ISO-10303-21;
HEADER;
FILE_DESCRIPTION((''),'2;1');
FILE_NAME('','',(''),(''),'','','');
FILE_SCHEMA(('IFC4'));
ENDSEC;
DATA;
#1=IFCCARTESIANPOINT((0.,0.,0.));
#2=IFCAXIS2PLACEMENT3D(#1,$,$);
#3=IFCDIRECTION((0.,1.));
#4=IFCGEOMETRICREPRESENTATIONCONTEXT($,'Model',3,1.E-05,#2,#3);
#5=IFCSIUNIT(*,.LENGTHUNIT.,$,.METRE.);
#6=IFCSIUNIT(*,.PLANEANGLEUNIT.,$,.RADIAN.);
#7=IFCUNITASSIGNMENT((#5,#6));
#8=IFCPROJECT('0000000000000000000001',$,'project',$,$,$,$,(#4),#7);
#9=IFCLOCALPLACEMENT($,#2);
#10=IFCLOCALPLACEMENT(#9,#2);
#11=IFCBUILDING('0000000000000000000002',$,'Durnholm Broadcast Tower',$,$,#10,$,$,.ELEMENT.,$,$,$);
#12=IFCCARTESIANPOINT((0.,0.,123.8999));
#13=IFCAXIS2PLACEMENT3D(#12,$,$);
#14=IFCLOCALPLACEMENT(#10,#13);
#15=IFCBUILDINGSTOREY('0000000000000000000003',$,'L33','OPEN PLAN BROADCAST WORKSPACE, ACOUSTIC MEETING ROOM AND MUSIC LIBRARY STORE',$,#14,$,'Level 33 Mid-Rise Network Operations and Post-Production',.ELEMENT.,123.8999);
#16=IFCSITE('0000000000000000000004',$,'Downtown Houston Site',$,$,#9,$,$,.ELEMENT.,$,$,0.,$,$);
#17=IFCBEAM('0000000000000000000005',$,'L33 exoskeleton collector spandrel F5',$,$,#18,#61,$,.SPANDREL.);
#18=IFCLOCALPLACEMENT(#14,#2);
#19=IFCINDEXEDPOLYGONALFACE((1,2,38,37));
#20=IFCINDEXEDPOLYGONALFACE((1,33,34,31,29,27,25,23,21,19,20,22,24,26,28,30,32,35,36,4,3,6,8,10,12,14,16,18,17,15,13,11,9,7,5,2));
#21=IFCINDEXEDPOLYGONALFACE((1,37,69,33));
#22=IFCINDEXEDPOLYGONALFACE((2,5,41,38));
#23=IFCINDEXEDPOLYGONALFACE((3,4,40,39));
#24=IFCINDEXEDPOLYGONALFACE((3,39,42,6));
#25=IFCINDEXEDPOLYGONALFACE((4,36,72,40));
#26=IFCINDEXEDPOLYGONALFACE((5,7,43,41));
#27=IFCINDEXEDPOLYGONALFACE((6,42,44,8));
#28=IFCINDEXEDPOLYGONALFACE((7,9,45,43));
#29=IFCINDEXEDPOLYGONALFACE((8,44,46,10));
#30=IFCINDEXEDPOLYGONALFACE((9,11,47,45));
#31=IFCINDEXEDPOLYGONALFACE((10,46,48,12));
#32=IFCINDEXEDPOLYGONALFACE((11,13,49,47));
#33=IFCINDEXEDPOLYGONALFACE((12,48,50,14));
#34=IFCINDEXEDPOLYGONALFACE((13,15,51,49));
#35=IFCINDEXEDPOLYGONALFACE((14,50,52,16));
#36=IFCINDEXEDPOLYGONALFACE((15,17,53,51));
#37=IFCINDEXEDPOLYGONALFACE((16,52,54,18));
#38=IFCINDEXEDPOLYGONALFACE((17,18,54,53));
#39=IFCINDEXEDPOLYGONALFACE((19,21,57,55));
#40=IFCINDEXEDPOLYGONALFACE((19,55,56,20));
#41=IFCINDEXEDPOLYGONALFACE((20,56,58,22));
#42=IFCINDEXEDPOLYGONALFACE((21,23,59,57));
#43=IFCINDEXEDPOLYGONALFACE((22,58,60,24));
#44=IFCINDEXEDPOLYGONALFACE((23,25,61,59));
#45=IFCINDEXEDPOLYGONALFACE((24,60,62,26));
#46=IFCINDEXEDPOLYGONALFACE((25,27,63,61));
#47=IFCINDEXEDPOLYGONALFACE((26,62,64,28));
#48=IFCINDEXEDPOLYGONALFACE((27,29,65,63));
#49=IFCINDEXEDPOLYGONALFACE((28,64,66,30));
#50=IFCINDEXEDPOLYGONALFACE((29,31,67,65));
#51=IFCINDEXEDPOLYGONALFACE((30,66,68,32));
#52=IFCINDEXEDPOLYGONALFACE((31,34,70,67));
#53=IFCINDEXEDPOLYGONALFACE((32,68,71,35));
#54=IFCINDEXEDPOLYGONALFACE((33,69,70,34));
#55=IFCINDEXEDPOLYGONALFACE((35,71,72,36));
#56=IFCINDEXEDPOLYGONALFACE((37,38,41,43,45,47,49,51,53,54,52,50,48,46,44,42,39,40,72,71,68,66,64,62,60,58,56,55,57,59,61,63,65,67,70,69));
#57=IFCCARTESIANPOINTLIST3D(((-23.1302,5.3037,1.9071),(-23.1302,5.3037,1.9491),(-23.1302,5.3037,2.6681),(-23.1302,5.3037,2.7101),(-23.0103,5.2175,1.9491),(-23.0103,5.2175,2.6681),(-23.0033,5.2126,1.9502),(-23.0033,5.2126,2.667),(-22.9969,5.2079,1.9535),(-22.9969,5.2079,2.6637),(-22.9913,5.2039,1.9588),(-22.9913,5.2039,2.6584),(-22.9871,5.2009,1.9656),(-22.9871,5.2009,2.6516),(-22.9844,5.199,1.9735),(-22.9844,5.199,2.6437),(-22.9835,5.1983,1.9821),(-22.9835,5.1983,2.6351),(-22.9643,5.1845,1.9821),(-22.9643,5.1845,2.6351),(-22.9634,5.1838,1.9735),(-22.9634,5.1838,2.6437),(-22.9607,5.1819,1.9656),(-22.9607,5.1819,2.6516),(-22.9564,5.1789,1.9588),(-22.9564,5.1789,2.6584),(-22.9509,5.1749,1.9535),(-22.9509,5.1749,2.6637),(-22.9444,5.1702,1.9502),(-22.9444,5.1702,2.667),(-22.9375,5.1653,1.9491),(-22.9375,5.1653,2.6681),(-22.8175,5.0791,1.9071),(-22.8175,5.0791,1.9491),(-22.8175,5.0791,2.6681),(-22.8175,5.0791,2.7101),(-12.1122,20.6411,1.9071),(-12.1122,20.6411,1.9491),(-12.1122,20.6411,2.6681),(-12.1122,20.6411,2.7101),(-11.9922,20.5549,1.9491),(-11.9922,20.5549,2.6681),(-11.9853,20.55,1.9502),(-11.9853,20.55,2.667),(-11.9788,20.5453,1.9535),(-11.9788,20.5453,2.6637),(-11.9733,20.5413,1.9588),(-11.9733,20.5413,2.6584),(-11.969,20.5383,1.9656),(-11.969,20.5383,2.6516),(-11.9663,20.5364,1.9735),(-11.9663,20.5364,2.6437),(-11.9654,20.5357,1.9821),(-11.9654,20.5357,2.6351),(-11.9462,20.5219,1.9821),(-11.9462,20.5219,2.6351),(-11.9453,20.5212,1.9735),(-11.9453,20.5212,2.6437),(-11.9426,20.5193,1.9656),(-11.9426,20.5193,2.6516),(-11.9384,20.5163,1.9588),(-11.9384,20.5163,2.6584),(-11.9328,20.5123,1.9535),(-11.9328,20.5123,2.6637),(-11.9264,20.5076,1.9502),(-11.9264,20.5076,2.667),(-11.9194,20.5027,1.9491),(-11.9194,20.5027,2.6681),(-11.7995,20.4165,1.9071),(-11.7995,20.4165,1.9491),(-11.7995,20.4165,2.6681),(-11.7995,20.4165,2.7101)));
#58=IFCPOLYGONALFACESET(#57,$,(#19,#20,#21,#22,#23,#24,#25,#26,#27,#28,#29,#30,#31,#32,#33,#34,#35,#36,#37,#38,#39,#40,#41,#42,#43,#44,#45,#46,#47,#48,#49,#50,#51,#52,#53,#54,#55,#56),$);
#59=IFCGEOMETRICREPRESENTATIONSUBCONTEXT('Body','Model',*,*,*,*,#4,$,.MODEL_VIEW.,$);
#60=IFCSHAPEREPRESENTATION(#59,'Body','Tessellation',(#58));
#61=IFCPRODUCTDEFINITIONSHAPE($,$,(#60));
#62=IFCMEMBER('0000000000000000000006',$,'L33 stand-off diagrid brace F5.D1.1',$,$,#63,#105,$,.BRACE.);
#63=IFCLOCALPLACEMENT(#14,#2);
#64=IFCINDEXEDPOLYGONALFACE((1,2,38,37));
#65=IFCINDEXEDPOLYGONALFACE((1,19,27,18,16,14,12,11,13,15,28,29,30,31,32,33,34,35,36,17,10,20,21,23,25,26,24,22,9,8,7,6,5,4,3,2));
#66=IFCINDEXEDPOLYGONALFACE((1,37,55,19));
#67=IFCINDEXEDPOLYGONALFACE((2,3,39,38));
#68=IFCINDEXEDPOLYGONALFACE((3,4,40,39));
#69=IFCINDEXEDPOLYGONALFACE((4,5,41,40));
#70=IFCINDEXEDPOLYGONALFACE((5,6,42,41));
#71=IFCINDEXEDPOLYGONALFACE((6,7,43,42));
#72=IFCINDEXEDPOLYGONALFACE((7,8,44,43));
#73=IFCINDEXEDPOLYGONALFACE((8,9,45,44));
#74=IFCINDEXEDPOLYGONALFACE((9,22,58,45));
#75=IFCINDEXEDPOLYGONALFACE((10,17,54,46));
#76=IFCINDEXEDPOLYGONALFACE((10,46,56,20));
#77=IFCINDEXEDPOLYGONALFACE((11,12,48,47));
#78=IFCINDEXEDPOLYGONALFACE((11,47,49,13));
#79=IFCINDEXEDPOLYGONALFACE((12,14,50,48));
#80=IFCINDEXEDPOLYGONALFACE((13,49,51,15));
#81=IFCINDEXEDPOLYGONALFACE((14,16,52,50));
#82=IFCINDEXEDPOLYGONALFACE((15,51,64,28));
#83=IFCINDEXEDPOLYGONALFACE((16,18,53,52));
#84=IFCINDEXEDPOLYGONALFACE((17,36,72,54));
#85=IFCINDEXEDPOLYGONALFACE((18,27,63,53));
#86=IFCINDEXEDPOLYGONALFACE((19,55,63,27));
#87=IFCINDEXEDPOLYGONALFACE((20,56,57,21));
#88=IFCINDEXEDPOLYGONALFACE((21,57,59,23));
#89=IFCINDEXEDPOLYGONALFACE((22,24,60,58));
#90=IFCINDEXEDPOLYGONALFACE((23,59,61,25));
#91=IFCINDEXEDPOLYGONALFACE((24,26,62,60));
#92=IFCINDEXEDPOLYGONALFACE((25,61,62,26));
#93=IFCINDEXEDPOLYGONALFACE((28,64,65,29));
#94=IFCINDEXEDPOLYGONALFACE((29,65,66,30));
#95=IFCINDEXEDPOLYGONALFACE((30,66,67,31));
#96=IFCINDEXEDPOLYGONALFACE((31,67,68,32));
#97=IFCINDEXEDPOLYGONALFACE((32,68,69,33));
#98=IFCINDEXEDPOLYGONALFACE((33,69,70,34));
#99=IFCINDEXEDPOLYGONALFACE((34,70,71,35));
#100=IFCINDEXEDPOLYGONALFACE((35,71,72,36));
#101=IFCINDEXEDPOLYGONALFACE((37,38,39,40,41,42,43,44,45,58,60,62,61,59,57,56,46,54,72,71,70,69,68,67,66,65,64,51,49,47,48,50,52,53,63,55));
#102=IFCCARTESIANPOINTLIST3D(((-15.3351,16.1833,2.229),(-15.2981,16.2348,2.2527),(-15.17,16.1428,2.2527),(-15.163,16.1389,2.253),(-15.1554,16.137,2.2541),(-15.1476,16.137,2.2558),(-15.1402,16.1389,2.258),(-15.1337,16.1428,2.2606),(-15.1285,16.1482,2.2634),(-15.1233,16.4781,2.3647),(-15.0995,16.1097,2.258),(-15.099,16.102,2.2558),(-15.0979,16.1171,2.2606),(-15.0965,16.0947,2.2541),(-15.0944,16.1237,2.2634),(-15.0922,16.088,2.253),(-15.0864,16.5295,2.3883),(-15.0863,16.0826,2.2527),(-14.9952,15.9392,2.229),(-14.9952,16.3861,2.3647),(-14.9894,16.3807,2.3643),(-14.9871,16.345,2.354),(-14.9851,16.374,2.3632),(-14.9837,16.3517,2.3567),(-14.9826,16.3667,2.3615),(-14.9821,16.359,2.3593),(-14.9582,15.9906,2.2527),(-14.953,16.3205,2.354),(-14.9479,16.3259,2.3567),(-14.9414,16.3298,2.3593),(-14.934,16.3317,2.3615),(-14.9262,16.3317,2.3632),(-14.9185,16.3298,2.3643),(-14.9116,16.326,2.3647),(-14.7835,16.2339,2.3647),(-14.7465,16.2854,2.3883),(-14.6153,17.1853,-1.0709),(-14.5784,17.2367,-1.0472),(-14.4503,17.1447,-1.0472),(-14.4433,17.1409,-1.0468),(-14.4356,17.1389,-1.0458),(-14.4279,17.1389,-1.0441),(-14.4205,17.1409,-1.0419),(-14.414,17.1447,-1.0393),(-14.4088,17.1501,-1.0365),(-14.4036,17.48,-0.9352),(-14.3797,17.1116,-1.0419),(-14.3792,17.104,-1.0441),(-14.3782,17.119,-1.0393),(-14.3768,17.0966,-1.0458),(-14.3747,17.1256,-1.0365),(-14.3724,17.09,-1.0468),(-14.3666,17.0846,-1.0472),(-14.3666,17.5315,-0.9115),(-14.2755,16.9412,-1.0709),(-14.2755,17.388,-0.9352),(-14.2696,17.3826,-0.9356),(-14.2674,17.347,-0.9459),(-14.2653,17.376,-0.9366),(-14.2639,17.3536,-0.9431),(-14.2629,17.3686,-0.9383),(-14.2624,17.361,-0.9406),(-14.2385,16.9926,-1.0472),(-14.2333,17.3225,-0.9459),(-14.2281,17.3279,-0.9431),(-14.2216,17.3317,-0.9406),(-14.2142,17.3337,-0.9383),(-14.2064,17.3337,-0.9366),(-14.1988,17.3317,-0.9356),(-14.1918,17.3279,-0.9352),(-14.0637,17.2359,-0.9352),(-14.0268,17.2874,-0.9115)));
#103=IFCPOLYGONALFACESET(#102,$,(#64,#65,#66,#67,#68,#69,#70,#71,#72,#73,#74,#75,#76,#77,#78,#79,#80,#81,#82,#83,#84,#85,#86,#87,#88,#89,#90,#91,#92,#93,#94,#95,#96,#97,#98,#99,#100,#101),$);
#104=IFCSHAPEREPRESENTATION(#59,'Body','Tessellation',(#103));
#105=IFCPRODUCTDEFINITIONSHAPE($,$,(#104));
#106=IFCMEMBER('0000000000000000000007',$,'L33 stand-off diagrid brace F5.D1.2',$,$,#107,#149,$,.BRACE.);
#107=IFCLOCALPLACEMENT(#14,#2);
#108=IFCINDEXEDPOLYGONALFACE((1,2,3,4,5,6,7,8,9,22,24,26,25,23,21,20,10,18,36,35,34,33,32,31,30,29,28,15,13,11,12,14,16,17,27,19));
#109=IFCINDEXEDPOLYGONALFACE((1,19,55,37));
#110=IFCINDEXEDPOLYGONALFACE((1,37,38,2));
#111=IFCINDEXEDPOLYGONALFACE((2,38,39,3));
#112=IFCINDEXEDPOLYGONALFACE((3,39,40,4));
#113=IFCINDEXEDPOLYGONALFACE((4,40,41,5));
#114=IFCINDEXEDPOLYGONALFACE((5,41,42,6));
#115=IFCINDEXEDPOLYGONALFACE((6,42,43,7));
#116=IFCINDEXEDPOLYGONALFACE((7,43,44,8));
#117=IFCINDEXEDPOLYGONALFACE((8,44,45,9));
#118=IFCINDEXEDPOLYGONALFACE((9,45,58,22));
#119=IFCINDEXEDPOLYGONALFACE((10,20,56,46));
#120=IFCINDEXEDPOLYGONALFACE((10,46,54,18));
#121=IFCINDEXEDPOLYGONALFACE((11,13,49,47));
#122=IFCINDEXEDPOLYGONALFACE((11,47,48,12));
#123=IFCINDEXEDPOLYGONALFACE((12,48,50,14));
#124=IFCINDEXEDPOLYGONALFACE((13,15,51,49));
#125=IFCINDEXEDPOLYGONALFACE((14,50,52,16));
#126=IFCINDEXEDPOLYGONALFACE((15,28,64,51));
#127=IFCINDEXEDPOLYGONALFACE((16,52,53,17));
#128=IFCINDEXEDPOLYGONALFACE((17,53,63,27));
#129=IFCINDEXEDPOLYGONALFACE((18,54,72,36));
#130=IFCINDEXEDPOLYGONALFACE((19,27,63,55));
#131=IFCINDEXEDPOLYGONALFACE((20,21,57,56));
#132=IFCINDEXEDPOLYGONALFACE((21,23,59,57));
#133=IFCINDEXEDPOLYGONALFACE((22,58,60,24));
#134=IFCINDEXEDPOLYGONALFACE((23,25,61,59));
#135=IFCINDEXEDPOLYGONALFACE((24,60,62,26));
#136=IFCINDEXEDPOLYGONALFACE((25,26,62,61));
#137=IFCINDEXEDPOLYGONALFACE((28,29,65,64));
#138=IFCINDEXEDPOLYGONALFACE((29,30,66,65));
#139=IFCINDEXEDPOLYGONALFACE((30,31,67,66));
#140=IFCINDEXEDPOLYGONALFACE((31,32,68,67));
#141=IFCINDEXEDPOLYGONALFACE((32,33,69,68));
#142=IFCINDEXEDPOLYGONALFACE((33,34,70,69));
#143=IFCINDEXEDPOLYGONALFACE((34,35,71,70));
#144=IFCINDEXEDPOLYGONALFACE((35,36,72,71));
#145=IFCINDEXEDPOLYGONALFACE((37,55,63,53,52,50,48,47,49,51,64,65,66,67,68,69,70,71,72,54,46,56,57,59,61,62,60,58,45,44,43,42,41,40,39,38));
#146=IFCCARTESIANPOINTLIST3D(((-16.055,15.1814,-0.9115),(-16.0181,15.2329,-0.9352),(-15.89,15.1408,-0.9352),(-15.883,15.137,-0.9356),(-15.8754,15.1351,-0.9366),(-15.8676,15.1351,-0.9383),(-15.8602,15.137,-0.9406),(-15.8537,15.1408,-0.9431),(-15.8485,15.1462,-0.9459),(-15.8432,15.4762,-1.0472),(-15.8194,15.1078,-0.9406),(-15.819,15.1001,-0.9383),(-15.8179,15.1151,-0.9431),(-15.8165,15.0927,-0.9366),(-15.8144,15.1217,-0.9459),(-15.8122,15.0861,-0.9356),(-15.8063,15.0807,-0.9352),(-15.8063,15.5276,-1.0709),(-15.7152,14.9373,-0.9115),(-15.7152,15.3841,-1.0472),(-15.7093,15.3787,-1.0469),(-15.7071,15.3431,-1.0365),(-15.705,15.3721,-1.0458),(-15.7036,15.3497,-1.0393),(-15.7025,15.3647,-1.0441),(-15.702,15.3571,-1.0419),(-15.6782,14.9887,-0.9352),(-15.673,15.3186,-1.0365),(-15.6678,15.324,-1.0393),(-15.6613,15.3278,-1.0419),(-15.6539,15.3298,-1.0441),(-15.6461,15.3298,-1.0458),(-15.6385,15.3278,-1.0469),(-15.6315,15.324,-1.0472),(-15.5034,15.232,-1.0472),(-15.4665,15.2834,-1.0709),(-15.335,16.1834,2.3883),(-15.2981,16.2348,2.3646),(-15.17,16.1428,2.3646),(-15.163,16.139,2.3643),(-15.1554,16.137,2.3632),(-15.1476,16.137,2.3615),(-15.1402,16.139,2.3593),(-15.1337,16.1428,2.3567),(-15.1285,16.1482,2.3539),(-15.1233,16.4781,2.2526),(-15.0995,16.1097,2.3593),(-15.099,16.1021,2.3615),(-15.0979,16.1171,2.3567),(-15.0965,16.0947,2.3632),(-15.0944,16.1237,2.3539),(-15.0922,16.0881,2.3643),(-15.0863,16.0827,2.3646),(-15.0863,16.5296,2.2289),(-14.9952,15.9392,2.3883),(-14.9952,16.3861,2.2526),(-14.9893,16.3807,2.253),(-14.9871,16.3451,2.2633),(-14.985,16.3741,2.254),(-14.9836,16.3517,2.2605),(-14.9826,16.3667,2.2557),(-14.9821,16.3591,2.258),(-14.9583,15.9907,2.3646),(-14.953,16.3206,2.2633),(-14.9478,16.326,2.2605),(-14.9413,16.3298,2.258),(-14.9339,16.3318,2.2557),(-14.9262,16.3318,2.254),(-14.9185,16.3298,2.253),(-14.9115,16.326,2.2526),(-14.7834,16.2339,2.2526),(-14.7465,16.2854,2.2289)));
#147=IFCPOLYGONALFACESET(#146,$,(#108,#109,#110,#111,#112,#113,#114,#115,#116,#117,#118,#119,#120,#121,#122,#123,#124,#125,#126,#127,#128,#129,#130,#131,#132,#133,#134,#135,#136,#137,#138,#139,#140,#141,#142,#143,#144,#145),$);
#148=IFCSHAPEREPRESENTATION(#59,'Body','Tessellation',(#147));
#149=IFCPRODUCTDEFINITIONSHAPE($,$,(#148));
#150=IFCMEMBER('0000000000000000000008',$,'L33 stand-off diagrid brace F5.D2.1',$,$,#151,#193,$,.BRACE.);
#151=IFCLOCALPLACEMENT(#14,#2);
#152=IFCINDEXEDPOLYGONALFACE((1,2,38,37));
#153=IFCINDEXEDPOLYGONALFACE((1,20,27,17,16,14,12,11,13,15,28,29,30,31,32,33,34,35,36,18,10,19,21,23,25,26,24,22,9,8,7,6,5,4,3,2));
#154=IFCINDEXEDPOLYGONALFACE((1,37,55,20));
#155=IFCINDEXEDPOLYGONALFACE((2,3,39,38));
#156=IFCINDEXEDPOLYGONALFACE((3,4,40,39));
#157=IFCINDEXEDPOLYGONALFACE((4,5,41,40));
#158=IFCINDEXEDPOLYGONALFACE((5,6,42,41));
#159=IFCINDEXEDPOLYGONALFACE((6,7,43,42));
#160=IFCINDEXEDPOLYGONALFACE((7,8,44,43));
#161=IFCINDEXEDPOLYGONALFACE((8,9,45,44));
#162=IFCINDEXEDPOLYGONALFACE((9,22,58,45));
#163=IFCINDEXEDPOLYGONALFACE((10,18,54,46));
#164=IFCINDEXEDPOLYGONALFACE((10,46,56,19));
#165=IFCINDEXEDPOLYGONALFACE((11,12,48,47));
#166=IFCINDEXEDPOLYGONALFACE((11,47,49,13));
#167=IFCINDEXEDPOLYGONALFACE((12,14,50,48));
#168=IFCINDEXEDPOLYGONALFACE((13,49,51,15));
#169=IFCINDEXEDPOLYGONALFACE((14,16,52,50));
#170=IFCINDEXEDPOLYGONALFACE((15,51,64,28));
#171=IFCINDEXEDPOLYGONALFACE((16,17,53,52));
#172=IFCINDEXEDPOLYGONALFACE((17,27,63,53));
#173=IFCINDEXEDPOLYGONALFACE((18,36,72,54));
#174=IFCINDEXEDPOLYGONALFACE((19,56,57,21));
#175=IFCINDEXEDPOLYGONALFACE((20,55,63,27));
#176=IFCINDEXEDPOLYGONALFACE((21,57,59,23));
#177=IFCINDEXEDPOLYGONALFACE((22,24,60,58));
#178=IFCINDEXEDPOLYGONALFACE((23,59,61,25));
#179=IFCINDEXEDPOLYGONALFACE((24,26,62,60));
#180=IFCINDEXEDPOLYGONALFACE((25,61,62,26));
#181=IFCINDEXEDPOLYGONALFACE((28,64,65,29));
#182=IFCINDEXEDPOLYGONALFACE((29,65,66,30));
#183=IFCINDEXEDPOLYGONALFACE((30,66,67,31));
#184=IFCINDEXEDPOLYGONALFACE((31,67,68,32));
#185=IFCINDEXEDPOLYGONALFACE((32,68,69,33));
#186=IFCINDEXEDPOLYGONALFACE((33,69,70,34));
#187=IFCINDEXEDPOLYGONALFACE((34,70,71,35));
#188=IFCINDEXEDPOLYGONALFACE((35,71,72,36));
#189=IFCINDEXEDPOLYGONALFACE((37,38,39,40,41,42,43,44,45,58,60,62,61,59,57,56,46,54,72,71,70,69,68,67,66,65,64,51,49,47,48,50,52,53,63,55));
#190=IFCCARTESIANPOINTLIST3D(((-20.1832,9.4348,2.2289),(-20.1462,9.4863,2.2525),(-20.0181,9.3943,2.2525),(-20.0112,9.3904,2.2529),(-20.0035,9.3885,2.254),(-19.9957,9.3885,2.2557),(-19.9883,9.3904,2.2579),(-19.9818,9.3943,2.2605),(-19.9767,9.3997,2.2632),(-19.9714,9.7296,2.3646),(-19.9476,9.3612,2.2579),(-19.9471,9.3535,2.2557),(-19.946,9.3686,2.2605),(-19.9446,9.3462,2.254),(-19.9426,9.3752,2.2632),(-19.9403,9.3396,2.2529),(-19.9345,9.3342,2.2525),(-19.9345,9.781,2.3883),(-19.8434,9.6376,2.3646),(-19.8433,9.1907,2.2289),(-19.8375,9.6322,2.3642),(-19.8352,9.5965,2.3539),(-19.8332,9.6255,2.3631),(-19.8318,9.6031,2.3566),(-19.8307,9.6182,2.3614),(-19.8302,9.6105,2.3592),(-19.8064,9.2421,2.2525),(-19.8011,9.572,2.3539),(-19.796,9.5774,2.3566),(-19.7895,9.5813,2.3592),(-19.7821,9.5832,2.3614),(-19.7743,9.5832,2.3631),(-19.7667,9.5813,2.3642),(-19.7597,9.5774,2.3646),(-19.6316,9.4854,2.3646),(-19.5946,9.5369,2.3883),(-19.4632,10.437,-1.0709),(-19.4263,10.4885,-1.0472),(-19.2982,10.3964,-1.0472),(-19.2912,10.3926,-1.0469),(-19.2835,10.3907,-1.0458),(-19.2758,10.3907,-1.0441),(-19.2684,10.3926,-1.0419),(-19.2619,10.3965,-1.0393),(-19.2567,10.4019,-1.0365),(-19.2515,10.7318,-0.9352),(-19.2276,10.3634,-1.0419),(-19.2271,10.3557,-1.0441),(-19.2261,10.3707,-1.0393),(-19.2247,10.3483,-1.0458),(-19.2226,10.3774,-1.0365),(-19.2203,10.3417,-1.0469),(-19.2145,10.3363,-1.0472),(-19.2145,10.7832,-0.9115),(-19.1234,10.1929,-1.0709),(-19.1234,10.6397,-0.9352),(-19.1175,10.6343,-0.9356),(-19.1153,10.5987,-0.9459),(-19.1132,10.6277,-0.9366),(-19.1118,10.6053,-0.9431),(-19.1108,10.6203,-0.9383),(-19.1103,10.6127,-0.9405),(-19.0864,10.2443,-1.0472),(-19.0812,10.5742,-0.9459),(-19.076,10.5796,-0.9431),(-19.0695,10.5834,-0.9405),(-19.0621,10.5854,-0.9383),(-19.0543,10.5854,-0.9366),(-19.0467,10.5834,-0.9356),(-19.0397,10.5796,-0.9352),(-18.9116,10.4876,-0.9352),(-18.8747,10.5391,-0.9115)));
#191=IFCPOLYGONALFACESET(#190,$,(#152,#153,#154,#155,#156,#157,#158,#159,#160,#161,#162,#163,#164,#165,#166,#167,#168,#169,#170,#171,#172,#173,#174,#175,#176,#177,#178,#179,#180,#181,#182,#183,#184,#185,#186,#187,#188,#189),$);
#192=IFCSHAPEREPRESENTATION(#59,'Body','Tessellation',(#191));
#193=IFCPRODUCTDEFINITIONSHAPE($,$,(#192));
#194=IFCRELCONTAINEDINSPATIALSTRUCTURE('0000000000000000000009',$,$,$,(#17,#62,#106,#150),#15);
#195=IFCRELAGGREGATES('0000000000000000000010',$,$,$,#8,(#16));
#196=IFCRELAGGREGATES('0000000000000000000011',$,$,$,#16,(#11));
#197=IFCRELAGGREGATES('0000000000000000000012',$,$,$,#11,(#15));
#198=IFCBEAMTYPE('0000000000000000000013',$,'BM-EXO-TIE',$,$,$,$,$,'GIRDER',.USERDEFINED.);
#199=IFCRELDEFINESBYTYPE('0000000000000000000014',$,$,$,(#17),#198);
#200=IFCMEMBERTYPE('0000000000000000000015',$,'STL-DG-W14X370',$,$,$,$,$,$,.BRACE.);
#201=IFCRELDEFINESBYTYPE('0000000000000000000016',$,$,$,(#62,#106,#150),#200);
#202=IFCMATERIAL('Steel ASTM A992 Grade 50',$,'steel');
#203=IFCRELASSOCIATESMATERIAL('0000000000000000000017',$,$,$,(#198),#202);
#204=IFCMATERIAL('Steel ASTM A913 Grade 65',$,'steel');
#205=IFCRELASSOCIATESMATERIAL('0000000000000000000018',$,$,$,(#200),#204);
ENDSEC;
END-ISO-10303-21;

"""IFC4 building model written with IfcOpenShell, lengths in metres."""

from ifc_helpers import new_model, si_unit, direction, frame, origin, origin_2d, place, context, subcontext, project, spatial, i_section, extrude, source, transform, mapped, material, material_profile, profile_set, type_object, type_shapes, element, save


model = new_model("IFC4")

# Units and contexts
model_context = context("Model", 3, precision=1e-05, world=origin(), true_north=direction((0.0, 1.0)))
body_context = subcontext(model_context, "Body", "Model", "MODEL_VIEW")
ifc_project = project(units=[si_unit("LENGTHUNIT", "METRE"), si_unit("PLANEANGLEUNIT", "RADIAN")], contexts=[model_context])

# Site, building, storey
site_placement = place(None, origin())
site = spatial("IfcSite", under=ifc_project, at=site_placement, Name="Downtown Houston Site", CompositionType="ELEMENT", RefElevation=0.0)
building_placement = place(site_placement, origin())
building = spatial("IfcBuilding", under=site, at=building_placement, Name="Durnholm Broadcast Tower", CompositionType="ELEMENT")
storey_placement = place(building_placement, frame((0.0, 0.0, 123.8999)))
storey = spatial("IfcBuildingStorey", under=building, at=storey_placement, Name="L33", Description="OPEN PLAN BROADCAST WORKSPACE, ACOUSTIC MEETING ROOM AND MUSIC LIBRARY STORE", LongName="Level 33 Mid-Rise Network Operations and Post-Production", CompositionType="ELEMENT", Elevation=123.8999)

# Beam
ifc_material_1 = material(Name="Steel ASTM A992 Grade 50", Category="steel")
ifc_material_profile_1 = material_profile(ifc_material_1, i_section(OverallWidth=0.385, OverallDepth=0.803, WebThickness=0.0237, FlangeThickness=0.042, FilletRadius=0.033, at=origin_2d()), Name="W30X261")
ifc_profile_set_1 = profile_set([ifc_material_profile_1], Name="Steel ASTM A992 Grade 50")
beam_type = type_object("IfcBeamType", Name="BM-EXO-TIE", ElementType="GIRDER", PredefinedType="USERDEFINED", material=ifc_profile_set_1)
shared_shape_1 = source(origin(), body_context, "Body", "SweptSolid", [
    extrude(i_section(OverallWidth=0.385, OverallDepth=0.803, WebThickness=0.0237, FlangeThickness=0.042, FilletRadius=0.033, at=origin_2d()), origin(), (0.0, 0.0, 1.0), 18.8848),
])
type_shapes(beam_type, [shared_shape_1])
beam_placement = place(storey_placement, frame((-11.9558, 20.5288, 2.3086), z_axis=(-0.583437, -0.812158, 0.0), x_axis=(0.812158, -0.583437, 0.0)))
element("IfcBeam", 1, at=beam_placement, inside=storey, type_object=beam_type, Name="L33 exoskeleton collector spandrel F5", PredefinedType="SPANDREL", context=body_context, shape_type="MappedRepresentation", body=[
    mapped(shared_shape_1, transform((0.0, 0.0, 0.0), x_axis=(1.0, 0.0, 0.0), y_axis=(0.0, 1.0, 0.0), z_axis=(0.0, 0.0, 1.0), scale=1.0)),
])

# Members
ifc_material_2 = material(Name="Steel ASTM A913 Grade 65", Category="steel")
ifc_material_profile_2 = material_profile(ifc_material_2, i_section(OverallWidth=0.4185, OverallDepth=0.4551, WebThickness=0.042, FlangeThickness=0.0676, FilletRadius=0.0305, at=origin_2d()), Name="W14X370")
ifc_profile_set_2 = profile_set([ifc_material_profile_2], Name="Steel ASTM A913 Grade 65")
member_type_1 = type_object("IfcMemberType", Name="STL-DG-W14X370", PredefinedType="BRACE", material=ifc_profile_set_2)
shared_shape_2 = source(origin(), body_context, "Body", "SweptSolid", [
    extrude(i_section(OverallWidth=0.4185, OverallDepth=0.4551, WebThickness=0.042, FlangeThickness=0.0676, FilletRadius=0.0305, at=origin_2d()), origin(), (0.0, 0.0, 1.0), 3.5229),
])
type_shapes(member_type_1, [shared_shape_2])
for number, where, z_axis, x_axis, name in (
    (2, (-14.321, 17.2363, -0.9912), (-0.204301, -0.284414, 0.93668), (0.812179, -0.583408, 0.0), "L33 stand-off diagrid brace F5.D1.1"),
    (3, (-15.7607, 15.2324, -0.9912), (0.204367, 0.28441, 0.936667), (-0.812086, 0.583538, 0.0), "L33 stand-off diagrid brace F5.D1.2"),
    (4, (-19.1689, 10.488, -0.9912), (-0.204363, -0.284473, 0.936649), (0.812153, -0.583444, 0.0), "L33 stand-off diagrid brace F5.D2.1"),
):
    element("IfcMember", number, at=place(storey_placement, frame(where, z_axis=z_axis, x_axis=x_axis)), inside=storey, type_object=member_type_1, Name=name, PredefinedType="BRACE", context=body_context, shape_type="MappedRepresentation", body=[
        mapped(shared_shape_2, transform((0.0, 0.0, 0.0), x_axis=(1.0, 0.0, 0.0), y_axis=(0.0, 1.0, 0.0), z_axis=(0.0, 0.0, 1.0), scale=1.0)),
    ])

save(model, "model.ifc")
